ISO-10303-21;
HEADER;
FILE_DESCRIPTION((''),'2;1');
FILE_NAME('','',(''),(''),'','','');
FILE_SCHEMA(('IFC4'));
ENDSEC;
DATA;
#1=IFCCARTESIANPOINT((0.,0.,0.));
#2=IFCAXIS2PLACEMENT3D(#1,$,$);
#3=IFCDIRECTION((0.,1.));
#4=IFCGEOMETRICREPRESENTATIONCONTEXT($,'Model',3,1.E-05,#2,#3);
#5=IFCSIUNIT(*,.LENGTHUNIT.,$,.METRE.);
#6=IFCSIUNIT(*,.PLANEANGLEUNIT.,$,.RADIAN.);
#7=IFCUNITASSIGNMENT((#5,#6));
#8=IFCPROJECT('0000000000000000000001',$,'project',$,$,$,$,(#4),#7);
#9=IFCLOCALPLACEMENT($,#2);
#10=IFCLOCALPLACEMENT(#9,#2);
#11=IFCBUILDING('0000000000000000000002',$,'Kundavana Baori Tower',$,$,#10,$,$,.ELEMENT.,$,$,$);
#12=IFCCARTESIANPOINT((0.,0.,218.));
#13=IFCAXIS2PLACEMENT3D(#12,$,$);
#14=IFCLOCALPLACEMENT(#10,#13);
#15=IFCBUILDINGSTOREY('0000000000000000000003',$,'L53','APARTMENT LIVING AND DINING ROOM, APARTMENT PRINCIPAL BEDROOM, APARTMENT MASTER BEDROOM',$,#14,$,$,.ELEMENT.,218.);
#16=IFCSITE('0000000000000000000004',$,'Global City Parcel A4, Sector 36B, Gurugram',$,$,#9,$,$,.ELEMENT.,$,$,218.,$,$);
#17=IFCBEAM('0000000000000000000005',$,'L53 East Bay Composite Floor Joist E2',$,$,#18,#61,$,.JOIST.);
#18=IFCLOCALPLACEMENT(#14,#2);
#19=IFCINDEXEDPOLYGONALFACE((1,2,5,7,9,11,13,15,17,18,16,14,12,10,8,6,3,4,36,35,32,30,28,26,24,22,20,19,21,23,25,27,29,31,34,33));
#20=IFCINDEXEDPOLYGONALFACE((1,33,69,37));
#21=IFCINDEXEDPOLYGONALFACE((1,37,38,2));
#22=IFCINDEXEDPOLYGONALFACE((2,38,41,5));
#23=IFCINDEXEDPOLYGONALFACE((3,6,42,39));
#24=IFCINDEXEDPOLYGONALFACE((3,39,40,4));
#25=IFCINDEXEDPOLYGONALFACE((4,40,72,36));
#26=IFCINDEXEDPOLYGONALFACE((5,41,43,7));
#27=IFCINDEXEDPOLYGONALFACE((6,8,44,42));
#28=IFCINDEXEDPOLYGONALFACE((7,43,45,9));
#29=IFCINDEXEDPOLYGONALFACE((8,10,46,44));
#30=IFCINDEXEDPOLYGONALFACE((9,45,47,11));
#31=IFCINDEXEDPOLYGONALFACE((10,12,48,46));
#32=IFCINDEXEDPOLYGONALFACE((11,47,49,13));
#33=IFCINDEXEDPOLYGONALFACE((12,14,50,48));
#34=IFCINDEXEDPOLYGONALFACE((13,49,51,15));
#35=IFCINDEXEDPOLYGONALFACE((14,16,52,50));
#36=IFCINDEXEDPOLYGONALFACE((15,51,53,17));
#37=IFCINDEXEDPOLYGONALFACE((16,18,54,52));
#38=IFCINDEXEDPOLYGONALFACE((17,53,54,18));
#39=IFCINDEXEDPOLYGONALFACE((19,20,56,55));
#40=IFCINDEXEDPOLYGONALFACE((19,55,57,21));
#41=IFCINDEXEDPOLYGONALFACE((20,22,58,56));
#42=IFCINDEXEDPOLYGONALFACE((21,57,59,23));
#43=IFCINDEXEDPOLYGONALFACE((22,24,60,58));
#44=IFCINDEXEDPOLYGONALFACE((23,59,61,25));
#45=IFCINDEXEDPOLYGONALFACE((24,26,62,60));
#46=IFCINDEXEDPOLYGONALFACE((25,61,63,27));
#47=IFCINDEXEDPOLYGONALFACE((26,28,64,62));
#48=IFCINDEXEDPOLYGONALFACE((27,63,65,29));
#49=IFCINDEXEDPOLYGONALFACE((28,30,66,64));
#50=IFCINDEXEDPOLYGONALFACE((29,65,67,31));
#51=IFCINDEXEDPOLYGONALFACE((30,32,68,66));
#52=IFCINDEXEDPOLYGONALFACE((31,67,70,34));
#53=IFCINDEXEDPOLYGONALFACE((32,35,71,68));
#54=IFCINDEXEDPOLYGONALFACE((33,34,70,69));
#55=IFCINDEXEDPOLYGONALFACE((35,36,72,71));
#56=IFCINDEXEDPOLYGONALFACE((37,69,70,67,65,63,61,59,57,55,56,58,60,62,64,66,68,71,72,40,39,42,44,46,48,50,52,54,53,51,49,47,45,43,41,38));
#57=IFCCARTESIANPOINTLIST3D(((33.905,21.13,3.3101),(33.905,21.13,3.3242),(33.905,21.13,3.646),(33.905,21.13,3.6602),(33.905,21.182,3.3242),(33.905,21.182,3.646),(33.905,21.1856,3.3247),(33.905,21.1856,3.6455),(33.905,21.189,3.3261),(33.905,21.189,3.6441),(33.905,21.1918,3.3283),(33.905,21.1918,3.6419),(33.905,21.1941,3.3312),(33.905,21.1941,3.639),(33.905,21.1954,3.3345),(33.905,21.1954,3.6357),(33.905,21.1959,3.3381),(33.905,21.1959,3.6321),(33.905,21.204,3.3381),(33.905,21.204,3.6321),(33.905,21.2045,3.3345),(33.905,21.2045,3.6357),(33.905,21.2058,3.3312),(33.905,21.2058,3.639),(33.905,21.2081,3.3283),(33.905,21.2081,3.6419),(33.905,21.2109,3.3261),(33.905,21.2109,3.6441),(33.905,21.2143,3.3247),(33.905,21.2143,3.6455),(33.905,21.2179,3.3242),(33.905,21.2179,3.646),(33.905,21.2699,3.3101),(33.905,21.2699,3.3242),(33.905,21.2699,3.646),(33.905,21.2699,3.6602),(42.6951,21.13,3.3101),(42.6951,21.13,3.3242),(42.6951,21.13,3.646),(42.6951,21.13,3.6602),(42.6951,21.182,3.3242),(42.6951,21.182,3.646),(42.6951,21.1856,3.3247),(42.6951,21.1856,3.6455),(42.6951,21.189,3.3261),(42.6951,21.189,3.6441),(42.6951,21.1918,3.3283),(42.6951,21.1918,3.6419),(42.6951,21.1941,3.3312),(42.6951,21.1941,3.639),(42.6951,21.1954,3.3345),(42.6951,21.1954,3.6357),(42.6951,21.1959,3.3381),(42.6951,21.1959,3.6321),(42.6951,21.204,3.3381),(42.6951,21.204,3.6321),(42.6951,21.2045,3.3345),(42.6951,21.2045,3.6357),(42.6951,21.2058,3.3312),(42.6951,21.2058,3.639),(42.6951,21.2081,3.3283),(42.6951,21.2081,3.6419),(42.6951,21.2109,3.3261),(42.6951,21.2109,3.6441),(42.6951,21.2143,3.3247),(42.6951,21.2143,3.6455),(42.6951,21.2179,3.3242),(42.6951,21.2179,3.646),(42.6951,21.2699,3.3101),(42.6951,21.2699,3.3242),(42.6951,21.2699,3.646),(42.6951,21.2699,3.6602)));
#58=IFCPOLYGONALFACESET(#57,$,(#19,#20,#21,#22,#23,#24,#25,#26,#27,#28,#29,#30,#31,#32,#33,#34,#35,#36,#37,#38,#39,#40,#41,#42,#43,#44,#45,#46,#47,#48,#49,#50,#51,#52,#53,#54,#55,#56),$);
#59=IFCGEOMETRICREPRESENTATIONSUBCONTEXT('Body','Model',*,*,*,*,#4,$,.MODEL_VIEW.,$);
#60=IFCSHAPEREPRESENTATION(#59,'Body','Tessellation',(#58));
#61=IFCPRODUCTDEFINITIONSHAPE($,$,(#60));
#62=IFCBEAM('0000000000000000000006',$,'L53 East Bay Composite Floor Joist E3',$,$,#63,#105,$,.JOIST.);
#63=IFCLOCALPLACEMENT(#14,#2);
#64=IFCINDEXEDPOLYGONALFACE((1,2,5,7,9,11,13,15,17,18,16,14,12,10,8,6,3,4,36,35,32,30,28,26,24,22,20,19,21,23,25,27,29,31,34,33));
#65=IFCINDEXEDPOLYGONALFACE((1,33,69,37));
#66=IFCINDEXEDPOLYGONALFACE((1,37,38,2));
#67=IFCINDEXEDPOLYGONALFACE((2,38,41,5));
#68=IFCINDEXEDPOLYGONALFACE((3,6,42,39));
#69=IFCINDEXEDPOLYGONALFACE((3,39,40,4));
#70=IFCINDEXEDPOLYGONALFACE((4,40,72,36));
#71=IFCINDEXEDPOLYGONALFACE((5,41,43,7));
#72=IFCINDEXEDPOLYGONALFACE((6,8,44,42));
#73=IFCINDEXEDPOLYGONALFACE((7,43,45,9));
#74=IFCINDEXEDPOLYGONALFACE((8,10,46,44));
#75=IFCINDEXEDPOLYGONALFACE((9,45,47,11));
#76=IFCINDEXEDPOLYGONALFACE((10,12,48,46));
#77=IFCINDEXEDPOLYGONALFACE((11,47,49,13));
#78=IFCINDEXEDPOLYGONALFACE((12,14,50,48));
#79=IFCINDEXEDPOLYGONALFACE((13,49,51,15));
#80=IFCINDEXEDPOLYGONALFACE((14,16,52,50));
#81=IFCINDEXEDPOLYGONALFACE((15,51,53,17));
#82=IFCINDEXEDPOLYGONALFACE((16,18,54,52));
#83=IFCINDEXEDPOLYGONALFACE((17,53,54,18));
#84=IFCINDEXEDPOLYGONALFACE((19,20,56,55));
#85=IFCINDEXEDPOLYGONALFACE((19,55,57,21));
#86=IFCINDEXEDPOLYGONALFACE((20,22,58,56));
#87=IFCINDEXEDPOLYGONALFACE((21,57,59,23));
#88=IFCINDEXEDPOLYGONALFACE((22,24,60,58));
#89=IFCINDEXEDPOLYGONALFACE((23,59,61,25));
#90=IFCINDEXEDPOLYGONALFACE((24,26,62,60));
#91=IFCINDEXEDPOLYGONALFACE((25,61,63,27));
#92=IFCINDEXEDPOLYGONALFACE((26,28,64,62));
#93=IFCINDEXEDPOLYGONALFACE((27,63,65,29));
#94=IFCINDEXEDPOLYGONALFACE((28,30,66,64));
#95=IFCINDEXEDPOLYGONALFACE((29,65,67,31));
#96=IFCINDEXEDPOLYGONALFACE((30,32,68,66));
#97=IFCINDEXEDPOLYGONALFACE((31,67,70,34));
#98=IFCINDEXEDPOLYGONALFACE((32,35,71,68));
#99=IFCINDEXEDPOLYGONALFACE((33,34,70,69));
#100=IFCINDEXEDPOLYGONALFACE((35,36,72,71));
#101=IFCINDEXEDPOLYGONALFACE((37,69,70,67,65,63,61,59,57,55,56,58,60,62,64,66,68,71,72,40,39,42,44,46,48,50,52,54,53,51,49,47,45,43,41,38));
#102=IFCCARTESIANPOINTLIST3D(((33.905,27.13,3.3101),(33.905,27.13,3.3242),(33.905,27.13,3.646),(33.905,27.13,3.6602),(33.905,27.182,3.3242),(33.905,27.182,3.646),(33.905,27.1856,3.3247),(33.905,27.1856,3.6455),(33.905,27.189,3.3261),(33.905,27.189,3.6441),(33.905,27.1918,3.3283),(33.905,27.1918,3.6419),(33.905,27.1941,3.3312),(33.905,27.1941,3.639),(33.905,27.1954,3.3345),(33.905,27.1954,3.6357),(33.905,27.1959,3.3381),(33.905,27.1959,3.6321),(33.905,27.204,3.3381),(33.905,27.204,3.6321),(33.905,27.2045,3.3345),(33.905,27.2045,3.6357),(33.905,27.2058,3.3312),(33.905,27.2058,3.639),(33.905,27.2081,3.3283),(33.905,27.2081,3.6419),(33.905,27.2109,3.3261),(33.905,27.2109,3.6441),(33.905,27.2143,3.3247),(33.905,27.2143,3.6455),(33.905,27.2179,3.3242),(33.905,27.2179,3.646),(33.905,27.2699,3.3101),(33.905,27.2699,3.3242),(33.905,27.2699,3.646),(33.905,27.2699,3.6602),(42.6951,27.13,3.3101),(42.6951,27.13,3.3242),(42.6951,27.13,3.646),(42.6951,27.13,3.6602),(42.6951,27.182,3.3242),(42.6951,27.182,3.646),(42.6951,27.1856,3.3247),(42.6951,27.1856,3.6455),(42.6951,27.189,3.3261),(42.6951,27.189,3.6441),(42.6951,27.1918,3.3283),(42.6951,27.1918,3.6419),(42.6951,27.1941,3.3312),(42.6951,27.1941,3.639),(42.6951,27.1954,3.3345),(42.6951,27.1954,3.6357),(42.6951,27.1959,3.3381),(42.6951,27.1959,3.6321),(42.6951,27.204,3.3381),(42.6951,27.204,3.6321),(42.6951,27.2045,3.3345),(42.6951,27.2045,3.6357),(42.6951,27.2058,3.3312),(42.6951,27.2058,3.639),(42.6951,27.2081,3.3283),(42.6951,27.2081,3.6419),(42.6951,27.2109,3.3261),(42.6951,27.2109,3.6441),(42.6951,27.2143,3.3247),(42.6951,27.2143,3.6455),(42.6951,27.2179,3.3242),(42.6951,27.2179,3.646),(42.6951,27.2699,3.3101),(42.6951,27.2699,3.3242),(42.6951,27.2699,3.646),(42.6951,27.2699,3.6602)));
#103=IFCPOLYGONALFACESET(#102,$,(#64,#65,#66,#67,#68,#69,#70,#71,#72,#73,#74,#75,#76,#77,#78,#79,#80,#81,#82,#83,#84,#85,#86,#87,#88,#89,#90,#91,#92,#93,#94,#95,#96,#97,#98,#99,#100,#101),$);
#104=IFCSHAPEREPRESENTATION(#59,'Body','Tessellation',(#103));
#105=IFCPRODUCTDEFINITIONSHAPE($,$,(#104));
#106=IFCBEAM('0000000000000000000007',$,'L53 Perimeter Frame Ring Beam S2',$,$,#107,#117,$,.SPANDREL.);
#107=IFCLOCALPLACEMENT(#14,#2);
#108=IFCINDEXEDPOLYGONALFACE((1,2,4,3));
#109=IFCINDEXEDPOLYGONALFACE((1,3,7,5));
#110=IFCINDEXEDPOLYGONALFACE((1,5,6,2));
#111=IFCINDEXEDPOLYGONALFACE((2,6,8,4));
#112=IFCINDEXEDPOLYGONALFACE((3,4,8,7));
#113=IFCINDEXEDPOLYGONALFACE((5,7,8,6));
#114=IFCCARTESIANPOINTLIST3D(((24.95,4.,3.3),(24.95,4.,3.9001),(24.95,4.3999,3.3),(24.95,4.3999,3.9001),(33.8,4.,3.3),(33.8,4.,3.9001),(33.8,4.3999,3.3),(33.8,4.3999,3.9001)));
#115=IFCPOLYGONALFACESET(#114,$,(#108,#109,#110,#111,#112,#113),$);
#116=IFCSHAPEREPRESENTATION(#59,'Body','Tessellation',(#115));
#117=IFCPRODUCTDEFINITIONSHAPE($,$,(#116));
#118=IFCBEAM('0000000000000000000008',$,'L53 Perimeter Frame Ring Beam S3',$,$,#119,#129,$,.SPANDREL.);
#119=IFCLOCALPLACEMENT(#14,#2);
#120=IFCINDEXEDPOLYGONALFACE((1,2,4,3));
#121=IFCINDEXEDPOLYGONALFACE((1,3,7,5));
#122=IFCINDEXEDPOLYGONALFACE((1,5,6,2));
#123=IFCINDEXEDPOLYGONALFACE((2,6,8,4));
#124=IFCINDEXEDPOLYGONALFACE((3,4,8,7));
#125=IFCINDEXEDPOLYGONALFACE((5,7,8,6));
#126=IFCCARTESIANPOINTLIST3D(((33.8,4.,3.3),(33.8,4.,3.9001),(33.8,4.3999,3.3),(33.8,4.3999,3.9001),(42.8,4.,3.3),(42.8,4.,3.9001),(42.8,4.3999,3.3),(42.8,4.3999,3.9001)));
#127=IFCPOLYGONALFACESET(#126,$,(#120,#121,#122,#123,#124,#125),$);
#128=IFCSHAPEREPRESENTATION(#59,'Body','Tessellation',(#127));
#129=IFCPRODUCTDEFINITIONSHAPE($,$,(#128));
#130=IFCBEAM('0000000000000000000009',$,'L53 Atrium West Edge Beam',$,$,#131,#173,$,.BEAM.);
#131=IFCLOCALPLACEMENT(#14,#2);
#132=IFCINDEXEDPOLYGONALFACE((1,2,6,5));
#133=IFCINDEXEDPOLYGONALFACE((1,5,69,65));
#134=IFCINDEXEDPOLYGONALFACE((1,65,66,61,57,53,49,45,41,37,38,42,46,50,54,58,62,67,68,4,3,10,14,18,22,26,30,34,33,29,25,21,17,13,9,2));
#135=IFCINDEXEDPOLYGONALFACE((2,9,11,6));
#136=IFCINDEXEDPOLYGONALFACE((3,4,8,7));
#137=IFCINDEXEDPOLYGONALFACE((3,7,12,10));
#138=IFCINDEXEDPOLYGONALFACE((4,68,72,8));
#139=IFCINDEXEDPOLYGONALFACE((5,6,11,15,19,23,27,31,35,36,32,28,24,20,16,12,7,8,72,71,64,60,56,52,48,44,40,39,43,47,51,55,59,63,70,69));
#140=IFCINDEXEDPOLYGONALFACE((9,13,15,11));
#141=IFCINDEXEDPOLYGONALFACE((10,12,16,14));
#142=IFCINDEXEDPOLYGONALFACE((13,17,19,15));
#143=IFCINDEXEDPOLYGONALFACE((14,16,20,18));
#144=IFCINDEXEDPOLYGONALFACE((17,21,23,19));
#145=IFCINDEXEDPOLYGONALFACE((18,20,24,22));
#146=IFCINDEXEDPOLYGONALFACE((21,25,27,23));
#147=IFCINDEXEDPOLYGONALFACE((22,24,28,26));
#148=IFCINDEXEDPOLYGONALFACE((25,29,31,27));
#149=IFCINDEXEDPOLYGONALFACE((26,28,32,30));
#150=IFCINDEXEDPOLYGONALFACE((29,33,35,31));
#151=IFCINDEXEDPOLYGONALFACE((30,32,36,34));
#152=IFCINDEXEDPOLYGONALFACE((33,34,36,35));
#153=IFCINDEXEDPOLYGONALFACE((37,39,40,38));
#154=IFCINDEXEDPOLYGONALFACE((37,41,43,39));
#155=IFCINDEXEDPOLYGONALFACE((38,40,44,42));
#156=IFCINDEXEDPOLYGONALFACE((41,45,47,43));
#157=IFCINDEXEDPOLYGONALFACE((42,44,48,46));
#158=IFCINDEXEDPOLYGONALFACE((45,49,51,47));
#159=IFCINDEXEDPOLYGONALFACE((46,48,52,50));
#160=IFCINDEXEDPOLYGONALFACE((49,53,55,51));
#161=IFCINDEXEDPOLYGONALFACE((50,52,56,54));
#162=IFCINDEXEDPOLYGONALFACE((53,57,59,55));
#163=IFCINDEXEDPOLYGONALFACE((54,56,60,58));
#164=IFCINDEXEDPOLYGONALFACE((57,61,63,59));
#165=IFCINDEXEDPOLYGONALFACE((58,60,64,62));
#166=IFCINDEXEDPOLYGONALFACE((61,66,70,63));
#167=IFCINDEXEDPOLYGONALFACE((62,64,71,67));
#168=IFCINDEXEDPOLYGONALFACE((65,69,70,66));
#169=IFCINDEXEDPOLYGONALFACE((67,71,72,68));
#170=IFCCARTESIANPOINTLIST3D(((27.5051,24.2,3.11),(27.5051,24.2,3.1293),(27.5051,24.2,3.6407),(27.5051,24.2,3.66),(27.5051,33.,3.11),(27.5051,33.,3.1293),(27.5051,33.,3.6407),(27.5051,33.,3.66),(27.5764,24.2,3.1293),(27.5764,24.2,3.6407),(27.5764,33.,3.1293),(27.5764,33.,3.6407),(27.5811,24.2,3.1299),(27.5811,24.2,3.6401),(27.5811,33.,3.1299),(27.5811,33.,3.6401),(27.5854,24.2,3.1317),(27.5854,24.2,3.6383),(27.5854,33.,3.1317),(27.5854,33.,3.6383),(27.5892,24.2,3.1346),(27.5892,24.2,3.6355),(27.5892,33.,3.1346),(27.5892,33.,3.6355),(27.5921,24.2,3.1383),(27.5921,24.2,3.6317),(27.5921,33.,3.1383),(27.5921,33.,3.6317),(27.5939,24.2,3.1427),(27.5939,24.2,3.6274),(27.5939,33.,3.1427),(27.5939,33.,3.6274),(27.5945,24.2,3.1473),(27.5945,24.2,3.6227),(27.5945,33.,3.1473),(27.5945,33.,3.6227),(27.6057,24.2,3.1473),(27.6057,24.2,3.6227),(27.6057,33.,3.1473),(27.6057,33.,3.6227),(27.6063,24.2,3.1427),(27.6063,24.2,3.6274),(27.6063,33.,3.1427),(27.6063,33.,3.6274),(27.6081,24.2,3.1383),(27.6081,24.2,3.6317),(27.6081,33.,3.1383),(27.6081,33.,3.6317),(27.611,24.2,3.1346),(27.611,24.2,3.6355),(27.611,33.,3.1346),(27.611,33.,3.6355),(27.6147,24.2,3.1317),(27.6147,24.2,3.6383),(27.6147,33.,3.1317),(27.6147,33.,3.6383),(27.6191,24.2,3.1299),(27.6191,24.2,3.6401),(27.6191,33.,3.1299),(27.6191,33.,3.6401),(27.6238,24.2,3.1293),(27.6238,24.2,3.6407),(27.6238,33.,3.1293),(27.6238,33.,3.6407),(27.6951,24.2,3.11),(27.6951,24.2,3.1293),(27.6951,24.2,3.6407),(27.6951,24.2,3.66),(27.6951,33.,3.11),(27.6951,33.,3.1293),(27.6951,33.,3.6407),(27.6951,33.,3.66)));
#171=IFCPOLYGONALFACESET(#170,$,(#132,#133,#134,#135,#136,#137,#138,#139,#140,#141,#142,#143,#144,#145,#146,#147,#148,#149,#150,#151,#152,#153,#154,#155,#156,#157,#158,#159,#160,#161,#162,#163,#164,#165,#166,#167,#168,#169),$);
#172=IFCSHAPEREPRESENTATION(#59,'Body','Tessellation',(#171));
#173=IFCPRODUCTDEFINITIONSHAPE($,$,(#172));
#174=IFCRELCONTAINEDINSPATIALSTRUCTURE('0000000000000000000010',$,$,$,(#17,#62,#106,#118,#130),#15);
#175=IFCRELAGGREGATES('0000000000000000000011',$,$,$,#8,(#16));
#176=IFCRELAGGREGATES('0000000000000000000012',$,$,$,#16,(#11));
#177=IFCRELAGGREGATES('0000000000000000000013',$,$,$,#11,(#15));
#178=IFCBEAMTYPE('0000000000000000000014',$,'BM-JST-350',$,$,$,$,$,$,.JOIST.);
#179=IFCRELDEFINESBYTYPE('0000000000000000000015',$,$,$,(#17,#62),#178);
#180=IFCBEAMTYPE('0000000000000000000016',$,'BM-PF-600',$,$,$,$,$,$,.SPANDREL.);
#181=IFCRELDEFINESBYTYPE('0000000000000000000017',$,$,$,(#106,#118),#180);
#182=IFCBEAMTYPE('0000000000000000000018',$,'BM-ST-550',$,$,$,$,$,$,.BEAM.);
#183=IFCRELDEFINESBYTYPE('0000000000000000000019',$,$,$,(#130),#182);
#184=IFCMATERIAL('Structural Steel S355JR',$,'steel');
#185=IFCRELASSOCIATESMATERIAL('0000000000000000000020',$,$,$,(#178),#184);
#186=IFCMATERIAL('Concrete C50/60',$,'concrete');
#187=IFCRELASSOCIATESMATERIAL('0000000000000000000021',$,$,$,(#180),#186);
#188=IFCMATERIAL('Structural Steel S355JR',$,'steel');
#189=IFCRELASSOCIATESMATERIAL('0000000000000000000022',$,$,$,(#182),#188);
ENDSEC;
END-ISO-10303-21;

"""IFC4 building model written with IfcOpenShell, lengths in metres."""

from ifc_helpers import new_model, si_unit, direction, frame, origin, origin_2d, place, context, subcontext, project, spatial, rectangle, i_section, extrude, material, material_profile, profile_set, type_object, element, save


model = new_model("IFC4")

# Units and contexts
model_context = context("Model", 3, precision=1e-05, world=origin(), true_north=direction((0.0, 1.0)))
body_context = subcontext(model_context, "Body", "Model", "MODEL_VIEW")
ifc_project = project(units=[si_unit("LENGTHUNIT", "METRE"), si_unit("PLANEANGLEUNIT", "RADIAN")], contexts=[model_context])

# Site, building, storey
site_placement = place(None, origin())
site = spatial("IfcSite", under=ifc_project, at=site_placement, Name="Global City Parcel A4, Sector 36B, Gurugram", CompositionType="ELEMENT", RefElevation=218.0)
building_placement = place(site_placement, origin())
building = spatial("IfcBuilding", under=site, at=building_placement, Name="Kundavana Baori Tower", CompositionType="ELEMENT")
storey_placement = place(building_placement, frame((0.0, 0.0, 218.0)))
storey = spatial("IfcBuildingStorey", under=building, at=storey_placement, Name="L53", Description="APARTMENT LIVING AND DINING ROOM, APARTMENT PRINCIPAL BEDROOM, APARTMENT MASTER BEDROOM", CompositionType="ELEMENT", Elevation=218.0)

# Beams
ifc_material_1 = material(Name="Structural Steel S355JR", Category="steel")
ifc_material_profile_1 = material_profile(ifc_material_1, i_section(OverallWidth=0.1399, OverallDepth=0.3501, WebThickness=0.0081, FlangeThickness=0.0142, FilletRadius=0.0139, at=origin_2d()), Name="ISMB 350")
ifc_profile_set_1 = profile_set([ifc_material_profile_1], Name="Structural Steel S355JR")
beam_type_1 = type_object("IfcBeamType", Name="BM-JST-350", PredefinedType="JOIST", material=ifc_profile_set_1)
for number, where, z_axis, x_axis, name in (
    (1, (33.905, 21.2, 3.4851), (1.0, 0.0, 0.0), (0.0, 1.0, 0.0), "L53 East Bay Composite Floor Joist E2"),
    (2, (33.905, 27.2, 3.4851), (1.0, 0.0, 0.0), (0.0, 1.0, 0.0), "L53 East Bay Composite Floor Joist E3"),
):
    element("IfcBeam", number, at=place(storey_placement, frame(where, z_axis=z_axis, x_axis=x_axis)), inside=storey, type_object=beam_type_1, Name=name, PredefinedType="JOIST", context=body_context, shape_type="SweptSolid", body=[
        extrude(i_section(OverallWidth=0.1399, OverallDepth=0.3501, WebThickness=0.0081, FlangeThickness=0.0142, FilletRadius=0.0139, at=origin_2d()), origin(), (0.0, 0.0, 1.0), 8.79),
    ])
ifc_material_2 = material(Name="Concrete C50/60", Category="concrete")
ifc_material_profile_2 = material_profile(ifc_material_2, rectangle(XDim=0.3999, YDim=0.6001, at=origin_2d()), Name="RC BM 400x600")
ifc_profile_set_2 = profile_set([ifc_material_profile_2], Name="Concrete C50/60")
beam_type_2 = type_object("IfcBeamType", Name="BM-PF-600", PredefinedType="SPANDREL", material=ifc_profile_set_2)
beam_1_placement = place(storey_placement, frame((24.95, 4.2, 3.6001), z_axis=(1.0, 0.0, 0.0), x_axis=(0.0, 1.0, 0.0)))
element("IfcBeam", 3, at=beam_1_placement, inside=storey, type_object=beam_type_2, Name="L53 Perimeter Frame Ring Beam S2", PredefinedType="SPANDREL", context=body_context, shape_type="SweptSolid", body=[
    extrude(rectangle(XDim=0.3999, YDim=0.6001, at=origin_2d()), origin(), (0.0, 0.0, 1.0), 8.8501),
])
beam_2_placement = place(storey_placement, frame((33.8, 4.2, 3.6001), z_axis=(1.0, 0.0, 0.0), x_axis=(0.0, 1.0, 0.0)))
element("IfcBeam", 4, at=beam_2_placement, inside=storey, type_object=beam_type_2, Name="L53 Perimeter Frame Ring Beam S3", PredefinedType="SPANDREL", context=body_context, shape_type="SweptSolid", body=[
    extrude(rectangle(XDim=0.3999, YDim=0.6001, at=origin_2d()), origin(), (0.0, 0.0, 1.0), 9.0),
])
ifc_material_3 = material(Name="Structural Steel S355JR", Category="steel")
ifc_material_profile_3 = material_profile(ifc_material_3, i_section(OverallWidth=0.1899, OverallDepth=0.55, WebThickness=0.0112, FlangeThickness=0.0193, FilletRadius=0.0181, at=origin_2d()), Name="ISMB 550")
ifc_profile_set_3 = profile_set([ifc_material_profile_3], Name="Structural Steel S355JR")
beam_type_3 = type_object("IfcBeamType", Name="BM-ST-550", PredefinedType="BEAM", material=ifc_profile_set_3)
for number, where, z_axis, x_axis, name in (
    (5, (27.6001, 24.2, 3.385), (0.0, 1.0, 0.0), (-1.0, 0.0, 0.0), "L53 Atrium West Edge Beam"),
):
    element("IfcBeam", number, at=place(storey_placement, frame(where, z_axis=z_axis, x_axis=x_axis)), inside=storey, type_object=beam_type_3, Name=name, PredefinedType="BEAM", context=body_context, shape_type="SweptSolid", body=[
        extrude(i_section(OverallWidth=0.1899, OverallDepth=0.55, WebThickness=0.0112, FlangeThickness=0.0193, FilletRadius=0.0181, at=origin_2d()), origin(), (0.0, 0.0, 1.0), 8.8),
    ])

save(model, "model.ifc")
